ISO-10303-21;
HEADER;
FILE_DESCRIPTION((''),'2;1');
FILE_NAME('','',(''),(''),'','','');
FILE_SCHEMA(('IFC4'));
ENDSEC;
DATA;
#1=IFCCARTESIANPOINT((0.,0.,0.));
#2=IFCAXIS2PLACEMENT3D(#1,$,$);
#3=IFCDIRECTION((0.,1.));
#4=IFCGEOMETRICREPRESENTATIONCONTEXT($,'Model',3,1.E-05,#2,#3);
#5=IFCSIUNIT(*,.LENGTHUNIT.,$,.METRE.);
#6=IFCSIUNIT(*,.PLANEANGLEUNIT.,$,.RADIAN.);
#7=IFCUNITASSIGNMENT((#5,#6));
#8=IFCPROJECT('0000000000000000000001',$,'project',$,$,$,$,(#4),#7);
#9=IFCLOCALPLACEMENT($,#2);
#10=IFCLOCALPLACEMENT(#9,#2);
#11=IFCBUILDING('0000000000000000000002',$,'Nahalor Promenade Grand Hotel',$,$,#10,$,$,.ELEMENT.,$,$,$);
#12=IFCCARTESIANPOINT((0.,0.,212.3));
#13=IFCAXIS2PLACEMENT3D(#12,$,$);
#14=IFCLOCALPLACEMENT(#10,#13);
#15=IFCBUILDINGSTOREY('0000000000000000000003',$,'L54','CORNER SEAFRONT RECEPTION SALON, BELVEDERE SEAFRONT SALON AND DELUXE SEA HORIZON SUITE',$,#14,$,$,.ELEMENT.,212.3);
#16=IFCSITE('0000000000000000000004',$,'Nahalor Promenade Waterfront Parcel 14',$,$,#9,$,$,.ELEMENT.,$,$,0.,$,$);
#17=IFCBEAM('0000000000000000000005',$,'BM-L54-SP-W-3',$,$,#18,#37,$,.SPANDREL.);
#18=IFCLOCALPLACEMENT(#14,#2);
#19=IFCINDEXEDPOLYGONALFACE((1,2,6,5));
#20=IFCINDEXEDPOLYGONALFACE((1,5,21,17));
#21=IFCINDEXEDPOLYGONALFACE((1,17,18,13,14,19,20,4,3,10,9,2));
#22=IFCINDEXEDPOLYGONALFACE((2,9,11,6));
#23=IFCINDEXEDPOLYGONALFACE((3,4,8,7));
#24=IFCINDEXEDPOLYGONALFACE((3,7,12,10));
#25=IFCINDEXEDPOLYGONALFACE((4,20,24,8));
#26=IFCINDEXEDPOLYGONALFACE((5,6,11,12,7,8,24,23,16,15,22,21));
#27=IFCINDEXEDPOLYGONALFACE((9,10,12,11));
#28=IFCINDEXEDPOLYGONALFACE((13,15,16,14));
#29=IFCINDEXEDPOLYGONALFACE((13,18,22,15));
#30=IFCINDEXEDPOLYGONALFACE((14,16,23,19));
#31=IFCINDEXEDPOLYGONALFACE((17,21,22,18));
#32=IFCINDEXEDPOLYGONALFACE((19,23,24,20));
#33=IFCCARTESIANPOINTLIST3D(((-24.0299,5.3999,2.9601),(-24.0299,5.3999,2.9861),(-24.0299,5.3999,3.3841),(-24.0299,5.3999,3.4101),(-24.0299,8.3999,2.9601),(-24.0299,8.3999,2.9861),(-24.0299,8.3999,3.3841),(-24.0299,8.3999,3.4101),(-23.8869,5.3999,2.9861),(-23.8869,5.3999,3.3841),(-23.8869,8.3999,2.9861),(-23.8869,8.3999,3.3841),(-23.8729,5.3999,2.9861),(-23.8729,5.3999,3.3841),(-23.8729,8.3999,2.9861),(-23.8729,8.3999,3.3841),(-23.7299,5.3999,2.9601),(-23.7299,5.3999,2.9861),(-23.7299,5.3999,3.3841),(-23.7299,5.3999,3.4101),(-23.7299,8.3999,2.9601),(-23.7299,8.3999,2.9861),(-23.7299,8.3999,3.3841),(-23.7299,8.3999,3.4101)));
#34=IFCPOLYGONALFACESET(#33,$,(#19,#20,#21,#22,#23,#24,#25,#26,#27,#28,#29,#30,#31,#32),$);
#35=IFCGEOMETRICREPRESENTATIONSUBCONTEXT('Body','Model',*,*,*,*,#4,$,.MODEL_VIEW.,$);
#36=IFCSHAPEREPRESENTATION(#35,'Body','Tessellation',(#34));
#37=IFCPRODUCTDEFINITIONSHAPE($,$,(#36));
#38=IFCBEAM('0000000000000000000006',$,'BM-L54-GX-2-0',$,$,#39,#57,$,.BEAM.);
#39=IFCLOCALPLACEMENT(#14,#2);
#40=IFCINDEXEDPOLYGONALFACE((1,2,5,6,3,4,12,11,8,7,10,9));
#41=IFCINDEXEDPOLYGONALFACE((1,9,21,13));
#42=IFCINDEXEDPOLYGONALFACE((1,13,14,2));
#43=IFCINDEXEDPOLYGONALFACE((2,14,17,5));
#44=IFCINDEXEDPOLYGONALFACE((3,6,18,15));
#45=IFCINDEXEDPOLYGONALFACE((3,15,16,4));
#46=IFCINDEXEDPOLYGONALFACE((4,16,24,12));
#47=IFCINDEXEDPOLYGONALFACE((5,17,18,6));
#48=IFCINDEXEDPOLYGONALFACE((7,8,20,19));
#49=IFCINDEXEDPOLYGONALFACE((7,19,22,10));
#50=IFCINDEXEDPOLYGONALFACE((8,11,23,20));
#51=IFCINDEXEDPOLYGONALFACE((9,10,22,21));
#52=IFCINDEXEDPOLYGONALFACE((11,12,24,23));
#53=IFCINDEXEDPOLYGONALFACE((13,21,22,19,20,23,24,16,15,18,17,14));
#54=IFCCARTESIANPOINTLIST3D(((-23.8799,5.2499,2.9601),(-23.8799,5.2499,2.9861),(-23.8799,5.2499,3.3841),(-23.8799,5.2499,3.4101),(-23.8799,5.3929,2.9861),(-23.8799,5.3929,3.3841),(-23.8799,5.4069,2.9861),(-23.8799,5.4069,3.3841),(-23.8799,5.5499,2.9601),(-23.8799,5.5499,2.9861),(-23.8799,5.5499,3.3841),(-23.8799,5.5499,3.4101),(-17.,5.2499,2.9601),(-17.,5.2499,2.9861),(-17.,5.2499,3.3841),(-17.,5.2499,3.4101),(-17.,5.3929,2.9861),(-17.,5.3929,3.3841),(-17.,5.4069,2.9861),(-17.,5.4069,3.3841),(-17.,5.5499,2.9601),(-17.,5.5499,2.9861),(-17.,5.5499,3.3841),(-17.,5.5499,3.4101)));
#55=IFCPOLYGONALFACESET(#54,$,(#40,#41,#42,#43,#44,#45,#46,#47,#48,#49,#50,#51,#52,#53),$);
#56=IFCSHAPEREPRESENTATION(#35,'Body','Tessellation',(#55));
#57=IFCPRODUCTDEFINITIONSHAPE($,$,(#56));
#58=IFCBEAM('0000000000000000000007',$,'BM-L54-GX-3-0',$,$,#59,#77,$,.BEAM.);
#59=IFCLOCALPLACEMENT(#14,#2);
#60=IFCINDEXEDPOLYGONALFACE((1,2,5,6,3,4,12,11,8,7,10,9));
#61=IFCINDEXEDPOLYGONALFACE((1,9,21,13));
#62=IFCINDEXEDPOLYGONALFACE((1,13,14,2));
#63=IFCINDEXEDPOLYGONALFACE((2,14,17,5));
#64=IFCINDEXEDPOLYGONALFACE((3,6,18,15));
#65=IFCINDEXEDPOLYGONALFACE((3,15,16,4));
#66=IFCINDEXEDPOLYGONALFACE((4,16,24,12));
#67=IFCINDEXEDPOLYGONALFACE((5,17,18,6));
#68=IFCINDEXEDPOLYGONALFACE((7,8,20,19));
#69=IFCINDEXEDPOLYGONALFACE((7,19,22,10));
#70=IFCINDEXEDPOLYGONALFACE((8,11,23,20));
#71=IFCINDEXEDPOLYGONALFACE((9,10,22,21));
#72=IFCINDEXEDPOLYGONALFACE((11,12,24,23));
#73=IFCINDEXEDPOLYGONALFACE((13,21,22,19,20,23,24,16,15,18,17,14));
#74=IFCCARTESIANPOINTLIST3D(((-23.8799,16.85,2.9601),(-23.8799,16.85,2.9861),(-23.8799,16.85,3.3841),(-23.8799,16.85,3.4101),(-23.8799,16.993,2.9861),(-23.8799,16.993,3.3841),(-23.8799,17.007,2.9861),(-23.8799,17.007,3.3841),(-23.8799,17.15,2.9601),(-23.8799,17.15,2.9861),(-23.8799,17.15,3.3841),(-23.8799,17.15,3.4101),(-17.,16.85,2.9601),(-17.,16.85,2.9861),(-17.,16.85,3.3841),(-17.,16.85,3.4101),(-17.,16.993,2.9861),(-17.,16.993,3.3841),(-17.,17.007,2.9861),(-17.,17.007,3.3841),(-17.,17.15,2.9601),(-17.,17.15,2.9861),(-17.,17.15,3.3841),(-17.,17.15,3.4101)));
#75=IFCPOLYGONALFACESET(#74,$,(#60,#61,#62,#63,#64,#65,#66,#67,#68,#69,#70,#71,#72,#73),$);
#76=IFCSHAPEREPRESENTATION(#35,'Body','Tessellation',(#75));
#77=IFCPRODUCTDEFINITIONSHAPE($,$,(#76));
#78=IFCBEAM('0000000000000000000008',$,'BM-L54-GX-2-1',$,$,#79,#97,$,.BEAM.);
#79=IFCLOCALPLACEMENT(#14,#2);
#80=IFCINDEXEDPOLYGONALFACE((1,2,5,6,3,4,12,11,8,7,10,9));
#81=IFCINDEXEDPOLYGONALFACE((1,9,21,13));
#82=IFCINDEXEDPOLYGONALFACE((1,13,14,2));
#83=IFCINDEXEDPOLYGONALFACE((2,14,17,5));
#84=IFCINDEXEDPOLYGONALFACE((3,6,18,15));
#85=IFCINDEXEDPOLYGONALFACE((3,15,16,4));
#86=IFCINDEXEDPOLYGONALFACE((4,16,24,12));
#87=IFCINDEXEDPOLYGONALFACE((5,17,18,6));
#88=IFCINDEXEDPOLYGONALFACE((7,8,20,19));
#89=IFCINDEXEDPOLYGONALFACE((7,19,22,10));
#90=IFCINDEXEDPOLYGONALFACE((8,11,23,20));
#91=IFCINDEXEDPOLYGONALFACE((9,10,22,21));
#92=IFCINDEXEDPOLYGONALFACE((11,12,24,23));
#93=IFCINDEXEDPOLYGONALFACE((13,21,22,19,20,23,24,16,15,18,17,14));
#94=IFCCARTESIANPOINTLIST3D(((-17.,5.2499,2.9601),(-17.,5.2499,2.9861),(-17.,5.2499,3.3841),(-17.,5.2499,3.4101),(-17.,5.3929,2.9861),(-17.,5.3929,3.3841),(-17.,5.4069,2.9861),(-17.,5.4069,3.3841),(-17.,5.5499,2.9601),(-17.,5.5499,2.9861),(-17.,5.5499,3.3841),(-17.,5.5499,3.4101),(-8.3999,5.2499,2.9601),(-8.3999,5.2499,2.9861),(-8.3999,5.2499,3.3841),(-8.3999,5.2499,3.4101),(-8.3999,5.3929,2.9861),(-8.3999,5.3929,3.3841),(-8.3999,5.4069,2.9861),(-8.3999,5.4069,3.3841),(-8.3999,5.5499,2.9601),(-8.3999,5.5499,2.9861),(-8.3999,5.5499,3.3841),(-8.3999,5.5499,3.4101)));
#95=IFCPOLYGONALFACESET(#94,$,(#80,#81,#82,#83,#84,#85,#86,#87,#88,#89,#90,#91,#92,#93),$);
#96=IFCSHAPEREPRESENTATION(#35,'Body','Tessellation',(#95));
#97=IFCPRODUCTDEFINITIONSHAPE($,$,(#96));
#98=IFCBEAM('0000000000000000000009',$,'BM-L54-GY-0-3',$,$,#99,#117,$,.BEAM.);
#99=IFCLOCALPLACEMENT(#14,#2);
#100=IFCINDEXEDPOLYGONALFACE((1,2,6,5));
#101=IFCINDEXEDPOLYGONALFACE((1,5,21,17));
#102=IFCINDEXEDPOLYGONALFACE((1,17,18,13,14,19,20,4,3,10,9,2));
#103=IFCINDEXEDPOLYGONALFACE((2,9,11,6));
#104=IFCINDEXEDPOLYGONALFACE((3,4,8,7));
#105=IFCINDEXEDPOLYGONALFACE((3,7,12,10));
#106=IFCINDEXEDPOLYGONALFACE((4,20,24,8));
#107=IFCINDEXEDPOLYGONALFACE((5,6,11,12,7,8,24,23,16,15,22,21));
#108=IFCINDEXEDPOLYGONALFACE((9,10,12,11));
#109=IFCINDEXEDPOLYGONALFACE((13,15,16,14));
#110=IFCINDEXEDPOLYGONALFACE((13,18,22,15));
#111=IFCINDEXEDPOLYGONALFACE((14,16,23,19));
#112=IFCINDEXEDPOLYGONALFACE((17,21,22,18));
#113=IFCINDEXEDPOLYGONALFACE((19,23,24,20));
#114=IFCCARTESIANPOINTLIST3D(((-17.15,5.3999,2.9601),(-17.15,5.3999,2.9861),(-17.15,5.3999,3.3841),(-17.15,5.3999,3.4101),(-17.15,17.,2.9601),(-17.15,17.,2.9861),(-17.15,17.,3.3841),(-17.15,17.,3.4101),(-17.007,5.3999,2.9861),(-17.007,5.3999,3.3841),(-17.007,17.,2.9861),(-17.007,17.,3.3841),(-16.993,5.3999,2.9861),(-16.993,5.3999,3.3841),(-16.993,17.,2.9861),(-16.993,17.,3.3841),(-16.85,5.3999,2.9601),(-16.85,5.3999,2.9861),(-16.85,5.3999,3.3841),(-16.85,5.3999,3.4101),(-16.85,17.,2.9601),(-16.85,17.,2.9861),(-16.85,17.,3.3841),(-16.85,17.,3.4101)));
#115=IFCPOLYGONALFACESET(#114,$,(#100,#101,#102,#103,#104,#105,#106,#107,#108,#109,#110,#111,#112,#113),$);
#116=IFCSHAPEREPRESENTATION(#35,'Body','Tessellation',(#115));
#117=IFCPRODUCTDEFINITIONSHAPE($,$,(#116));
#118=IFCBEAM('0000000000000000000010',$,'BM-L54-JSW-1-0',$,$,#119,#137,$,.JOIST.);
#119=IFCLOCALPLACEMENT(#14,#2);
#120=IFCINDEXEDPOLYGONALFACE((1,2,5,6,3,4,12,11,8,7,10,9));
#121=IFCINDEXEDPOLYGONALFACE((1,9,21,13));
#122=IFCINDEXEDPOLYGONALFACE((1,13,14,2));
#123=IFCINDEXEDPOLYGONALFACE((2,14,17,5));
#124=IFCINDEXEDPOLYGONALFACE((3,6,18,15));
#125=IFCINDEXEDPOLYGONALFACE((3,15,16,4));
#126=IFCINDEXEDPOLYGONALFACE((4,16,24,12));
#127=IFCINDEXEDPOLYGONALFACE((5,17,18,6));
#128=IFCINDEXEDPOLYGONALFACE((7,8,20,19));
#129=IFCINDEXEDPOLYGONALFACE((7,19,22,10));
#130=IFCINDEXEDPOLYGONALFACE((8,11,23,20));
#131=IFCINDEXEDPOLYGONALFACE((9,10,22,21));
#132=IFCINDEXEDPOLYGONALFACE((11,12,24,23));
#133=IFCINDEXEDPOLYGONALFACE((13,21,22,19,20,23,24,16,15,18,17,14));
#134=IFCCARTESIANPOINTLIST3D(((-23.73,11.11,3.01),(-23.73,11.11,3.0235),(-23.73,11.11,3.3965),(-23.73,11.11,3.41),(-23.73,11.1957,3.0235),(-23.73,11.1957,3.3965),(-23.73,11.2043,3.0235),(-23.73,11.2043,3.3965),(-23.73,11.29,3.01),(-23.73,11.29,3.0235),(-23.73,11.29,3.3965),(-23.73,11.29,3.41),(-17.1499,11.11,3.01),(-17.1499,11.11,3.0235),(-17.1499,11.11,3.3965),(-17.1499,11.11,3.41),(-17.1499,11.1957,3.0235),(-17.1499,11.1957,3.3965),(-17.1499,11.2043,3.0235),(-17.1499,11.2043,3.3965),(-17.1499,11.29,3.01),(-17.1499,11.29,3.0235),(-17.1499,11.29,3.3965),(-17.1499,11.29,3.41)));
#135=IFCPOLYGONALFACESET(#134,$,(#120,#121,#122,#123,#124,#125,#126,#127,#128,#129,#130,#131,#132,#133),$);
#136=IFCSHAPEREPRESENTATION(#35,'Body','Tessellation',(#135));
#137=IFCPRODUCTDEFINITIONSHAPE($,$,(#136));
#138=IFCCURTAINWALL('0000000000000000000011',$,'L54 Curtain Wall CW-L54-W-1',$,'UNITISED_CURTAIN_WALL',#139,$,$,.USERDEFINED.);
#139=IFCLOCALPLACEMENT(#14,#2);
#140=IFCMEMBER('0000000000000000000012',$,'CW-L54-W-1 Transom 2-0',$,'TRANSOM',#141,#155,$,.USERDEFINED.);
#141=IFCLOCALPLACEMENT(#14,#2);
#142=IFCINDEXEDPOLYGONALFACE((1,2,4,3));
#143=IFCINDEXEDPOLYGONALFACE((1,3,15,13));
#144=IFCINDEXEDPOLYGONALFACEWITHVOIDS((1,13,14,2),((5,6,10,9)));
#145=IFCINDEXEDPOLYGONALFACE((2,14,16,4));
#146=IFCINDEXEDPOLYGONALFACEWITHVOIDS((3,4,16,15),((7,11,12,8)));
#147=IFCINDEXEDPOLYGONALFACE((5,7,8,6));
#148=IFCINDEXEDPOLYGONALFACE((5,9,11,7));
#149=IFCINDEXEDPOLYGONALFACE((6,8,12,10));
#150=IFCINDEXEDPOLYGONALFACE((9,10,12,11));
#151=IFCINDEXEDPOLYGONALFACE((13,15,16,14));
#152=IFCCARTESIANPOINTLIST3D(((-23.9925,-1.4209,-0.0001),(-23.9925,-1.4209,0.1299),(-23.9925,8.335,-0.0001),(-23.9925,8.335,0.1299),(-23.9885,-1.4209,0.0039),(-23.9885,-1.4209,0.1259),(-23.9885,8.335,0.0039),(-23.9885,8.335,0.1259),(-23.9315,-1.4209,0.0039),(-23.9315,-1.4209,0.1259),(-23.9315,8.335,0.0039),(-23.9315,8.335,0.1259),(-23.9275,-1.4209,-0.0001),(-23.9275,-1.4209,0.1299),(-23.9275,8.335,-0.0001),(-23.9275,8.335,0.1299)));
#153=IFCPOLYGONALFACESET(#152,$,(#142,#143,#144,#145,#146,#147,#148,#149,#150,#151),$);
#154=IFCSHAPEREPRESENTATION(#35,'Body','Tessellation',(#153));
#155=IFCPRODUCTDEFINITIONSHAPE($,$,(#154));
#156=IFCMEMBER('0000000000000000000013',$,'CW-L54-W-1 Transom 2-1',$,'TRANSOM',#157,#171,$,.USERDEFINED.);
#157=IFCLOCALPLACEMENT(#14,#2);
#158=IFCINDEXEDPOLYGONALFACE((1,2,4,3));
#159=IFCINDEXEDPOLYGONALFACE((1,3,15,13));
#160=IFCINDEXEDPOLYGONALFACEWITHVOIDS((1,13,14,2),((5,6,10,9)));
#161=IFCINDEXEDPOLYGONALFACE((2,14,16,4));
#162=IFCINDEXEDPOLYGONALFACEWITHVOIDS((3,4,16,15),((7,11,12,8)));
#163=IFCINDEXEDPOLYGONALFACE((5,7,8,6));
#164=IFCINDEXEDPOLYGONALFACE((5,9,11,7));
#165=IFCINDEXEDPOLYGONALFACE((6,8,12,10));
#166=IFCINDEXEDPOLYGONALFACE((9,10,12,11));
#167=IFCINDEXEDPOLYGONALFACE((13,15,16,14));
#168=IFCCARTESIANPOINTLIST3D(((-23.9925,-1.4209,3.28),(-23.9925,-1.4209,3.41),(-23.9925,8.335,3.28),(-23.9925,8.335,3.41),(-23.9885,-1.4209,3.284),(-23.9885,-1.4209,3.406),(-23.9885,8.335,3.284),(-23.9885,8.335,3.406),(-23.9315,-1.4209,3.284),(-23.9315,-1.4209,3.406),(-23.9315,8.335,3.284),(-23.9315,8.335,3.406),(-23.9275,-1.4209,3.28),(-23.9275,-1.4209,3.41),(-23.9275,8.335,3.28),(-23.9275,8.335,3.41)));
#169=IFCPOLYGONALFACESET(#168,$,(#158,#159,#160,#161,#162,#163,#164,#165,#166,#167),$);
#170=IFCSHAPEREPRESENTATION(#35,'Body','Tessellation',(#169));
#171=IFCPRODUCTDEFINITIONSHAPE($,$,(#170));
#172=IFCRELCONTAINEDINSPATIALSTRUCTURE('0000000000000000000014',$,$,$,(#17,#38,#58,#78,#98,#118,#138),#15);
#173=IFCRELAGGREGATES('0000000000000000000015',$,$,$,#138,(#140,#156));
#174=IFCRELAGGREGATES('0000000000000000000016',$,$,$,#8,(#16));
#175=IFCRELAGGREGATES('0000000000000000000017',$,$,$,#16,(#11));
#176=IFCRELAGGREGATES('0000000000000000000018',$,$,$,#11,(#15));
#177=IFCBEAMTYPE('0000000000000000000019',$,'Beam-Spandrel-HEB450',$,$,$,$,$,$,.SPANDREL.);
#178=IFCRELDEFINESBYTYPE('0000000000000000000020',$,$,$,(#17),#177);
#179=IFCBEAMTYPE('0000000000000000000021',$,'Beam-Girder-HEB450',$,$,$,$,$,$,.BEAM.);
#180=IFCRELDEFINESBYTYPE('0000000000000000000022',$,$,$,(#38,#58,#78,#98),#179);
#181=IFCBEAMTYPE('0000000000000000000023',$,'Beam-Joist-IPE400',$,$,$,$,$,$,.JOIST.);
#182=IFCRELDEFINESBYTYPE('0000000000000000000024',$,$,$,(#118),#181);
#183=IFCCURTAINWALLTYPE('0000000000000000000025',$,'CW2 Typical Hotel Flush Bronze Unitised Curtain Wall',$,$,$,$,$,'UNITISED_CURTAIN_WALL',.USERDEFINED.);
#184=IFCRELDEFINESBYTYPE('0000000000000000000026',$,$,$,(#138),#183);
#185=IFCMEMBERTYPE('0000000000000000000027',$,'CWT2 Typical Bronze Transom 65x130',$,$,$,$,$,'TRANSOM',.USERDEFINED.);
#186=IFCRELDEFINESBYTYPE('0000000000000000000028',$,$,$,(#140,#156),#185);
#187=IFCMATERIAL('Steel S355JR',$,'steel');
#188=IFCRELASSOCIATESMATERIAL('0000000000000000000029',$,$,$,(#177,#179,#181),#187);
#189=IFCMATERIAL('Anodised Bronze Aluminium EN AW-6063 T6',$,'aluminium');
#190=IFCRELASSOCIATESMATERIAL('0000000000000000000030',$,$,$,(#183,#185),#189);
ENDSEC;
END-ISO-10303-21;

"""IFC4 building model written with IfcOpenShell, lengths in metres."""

from ifc_helpers import new_model, si_unit, direction, frame, origin, origin_2d, place, context, subcontext, project, spatial, hollow_rectangle, i_section, extrude, source, transform, mapped, material, material_profile, profile_set, type_object, element, aggregate, save


model = new_model("IFC4")

# Units and contexts
model_context = context("Model", 3, precision=1e-05, world=origin(), true_north=direction((0.0, 1.0)))
body_context = subcontext(model_context, "Body", "Model", "MODEL_VIEW")
ifc_project = project(units=[si_unit("LENGTHUNIT", "METRE"), si_unit("PLANEANGLEUNIT", "RADIAN")], contexts=[model_context])

# Site, building, storey
site_placement = place(None, origin())
site = spatial("IfcSite", under=ifc_project, at=site_placement, Name="Nahalor Promenade Waterfront Parcel 14", CompositionType="ELEMENT", RefElevation=0.0)
building_placement = place(site_placement, origin())
building = spatial("IfcBuilding", under=site, at=building_placement, Name="Nahalor Promenade Grand Hotel", CompositionType="ELEMENT")
storey_placement = place(building_placement, frame((0.0, 0.0, 212.3)))
storey = spatial("IfcBuildingStorey", under=building, at=storey_placement, Name="L54", Description="CORNER SEAFRONT RECEPTION SALON, BELVEDERE SEAFRONT SALON AND DELUXE SEA HORIZON SUITE", CompositionType="ELEMENT", Elevation=212.3)

# Shared definitions
ifc_material_1 = material(Name="Steel S355JR", Category="steel")

# Beams
ifc_material_profile_1 = material_profile(ifc_material_1, i_section(OverallWidth=0.3, OverallDepth=0.45, WebThickness=0.014, FlangeThickness=0.026, at=origin_2d()), Name="HEB 450")
ifc_profile_set_1 = profile_set([ifc_material_profile_1], Name="Steel S355JR")
beam_type_1 = type_object("IfcBeamType", Name="Beam-Spandrel-HEB450", PredefinedType="SPANDREL", material=ifc_profile_set_1)
shared_shape_1 = source(origin(), body_context, "Body", "SweptSolid", [
    extrude(i_section(OverallWidth=0.3, OverallDepth=0.45, WebThickness=0.014, FlangeThickness=0.026, at=origin_2d()), origin(), (0.0, 0.0, 1.0), 3.0),
])
beam_1_placement = place(storey_placement, frame((-23.8799, 5.3999, 3.1851), z_axis=(0.0, 1.0, 0.0), x_axis=(-1.0, 0.0, 0.0)))
element("IfcBeam", 1, at=beam_1_placement, inside=storey, type_object=beam_type_1, Name="BM-L54-SP-W-3", PredefinedType="SPANDREL", context=body_context, shape_type="MappedRepresentation", body=[
    mapped(shared_shape_1, transform((0.0, 0.0, 0.0), scale=1.0)),
])
ifc_material_profile_2 = material_profile(ifc_material_1, i_section(OverallWidth=0.3, OverallDepth=0.45, WebThickness=0.014, FlangeThickness=0.026, at=origin_2d()), Name="HEB 450")
ifc_profile_set_2 = profile_set([ifc_material_profile_2], Name="Steel S355JR")
beam_type_2 = type_object("IfcBeamType", Name="Beam-Girder-HEB450", PredefinedType="BEAM", material=ifc_profile_set_2)
shared_shape_2 = source(origin(), body_context, "Body", "SweptSolid", [
    extrude(i_section(OverallWidth=0.3, OverallDepth=0.45, WebThickness=0.014, FlangeThickness=0.026, at=origin_2d()), origin(), (0.0, 0.0, 1.0), 6.8799),
])
for number, where, z_axis, x_axis, name in (
    (2, (-23.8799, 5.3999, 3.1851), (1.0, 0.0, 0.0), (0.0, 1.0, 0.0), "BM-L54-GX-2-0"),
    (3, (-23.8799, 17.0, 3.1851), (1.0, 0.0, 0.0), (0.0, 1.0, 0.0), "BM-L54-GX-3-0"),
):
    element("IfcBeam", number, at=place(storey_placement, frame(where, z_axis=z_axis, x_axis=x_axis)), inside=storey, type_object=beam_type_2, Name=name, PredefinedType="BEAM", context=body_context, shape_type="MappedRepresentation", body=[
        mapped(shared_shape_2, transform((0.0, 0.0, 0.0), scale=1.0)),
    ])
shared_shape_3 = source(origin(), body_context, "Body", "SweptSolid", [
    extrude(i_section(OverallWidth=0.3, OverallDepth=0.45, WebThickness=0.014, FlangeThickness=0.026, at=origin_2d()), origin(), (0.0, 0.0, 1.0), 8.6001),
])
beam_2_placement = place(storey_placement, frame((-17.0, 5.3999, 3.1851), z_axis=(1.0, 0.0, 0.0), x_axis=(0.0, 1.0, 0.0)))
element("IfcBeam", 4, at=beam_2_placement, inside=storey, type_object=beam_type_2, Name="BM-L54-GX-2-1", PredefinedType="BEAM", context=body_context, shape_type="MappedRepresentation", body=[
    mapped(shared_shape_3, transform((0.0, 0.0, 0.0), scale=1.0)),
])
shared_shape_4 = source(origin(), body_context, "Body", "SweptSolid", [
    extrude(i_section(OverallWidth=0.3, OverallDepth=0.45, WebThickness=0.014, FlangeThickness=0.026, at=origin_2d()), origin(), (0.0, 0.0, 1.0), 11.6001),
])
beam_3_placement = place(storey_placement, frame((-17.0, 5.3999, 3.1851), z_axis=(0.0, 1.0, 0.0), x_axis=(-1.0, 0.0, 0.0)))
element("IfcBeam", 5, at=beam_3_placement, inside=storey, type_object=beam_type_2, Name="BM-L54-GY-0-3", PredefinedType="BEAM", context=body_context, shape_type="MappedRepresentation", body=[
    mapped(shared_shape_4, transform((0.0, 0.0, 0.0), scale=1.0)),
])
ifc_material_profile_3 = material_profile(ifc_material_1, i_section(OverallWidth=0.18, OverallDepth=0.4, WebThickness=0.0086, FlangeThickness=0.0135, at=origin_2d()), Name="IPE 400")
ifc_profile_set_3 = profile_set([ifc_material_profile_3], Name="Steel S355JR")
beam_type_3 = type_object("IfcBeamType", Name="Beam-Joist-IPE400", PredefinedType="JOIST", material=ifc_profile_set_3)
shared_shape_5 = source(origin(), body_context, "Body", "SweptSolid", [
    extrude(i_section(OverallWidth=0.18, OverallDepth=0.4, WebThickness=0.0086, FlangeThickness=0.0135, at=origin_2d()), origin(), (0.0, 0.0, 1.0), 6.5801),
])
beam_4_placement = place(storey_placement, frame((-23.73, 11.2, 3.21), z_axis=(1.0, 0.0, 0.0), x_axis=(0.0, 1.0, 0.0)))
element("IfcBeam", 6, at=beam_4_placement, inside=storey, type_object=beam_type_3, Name="BM-L54-JSW-1-0", PredefinedType="JOIST", context=body_context, shape_type="MappedRepresentation", body=[
    mapped(shared_shape_5, transform((0.0, 0.0, 0.0), scale=1.0)),
])

# Curtain wall, members
ifc_material_2 = material(Name="Anodised Bronze Aluminium EN AW-6063 T6", Category="aluminium")
curtain_wall_type = type_object("IfcCurtainWallType", Name="CW2 Typical Hotel Flush Bronze Unitised Curtain Wall", ElementType="UNITISED_CURTAIN_WALL", PredefinedType="USERDEFINED", material=ifc_material_2)
curtain_wall_placement = place(storey_placement, origin())
curtain_wall = element("IfcCurtainWall", 7, at=curtain_wall_placement, inside=storey, type_object=curtain_wall_type, Name="L54 Curtain Wall CW-L54-W-1", ObjectType="UNITISED_CURTAIN_WALL", PredefinedType="USERDEFINED")
ifc_material_profile_4 = material_profile(ifc_material_2, hollow_rectangle(XDim=0.065, YDim=0.13, WallThickness=0.004, at=origin_2d()), Name="CWT 65x130x4")
ifc_profile_set_4 = profile_set([ifc_material_profile_4], Name="Anodised Bronze Aluminium EN AW-6063 T6")
member_type_1 = type_object("IfcMemberType", Name="CWT2 Typical Bronze Transom 65x130", ElementType="TRANSOM", PredefinedType="USERDEFINED", material=ifc_profile_set_4)
shared_shape_6 = source(origin(), body_context, "Body", "SweptSolid", [
    extrude(hollow_rectangle(XDim=0.065, YDim=0.13, WallThickness=0.004, at=origin_2d()), origin(), (0.0, 0.0, 1.0), 9.7559),
])
member_1_placement = place(storey_placement, frame((-23.96, -1.4209, 0.0649), z_axis=(0.0, 1.0, 0.0), x_axis=(-1.0, 0.0, 0.0)))
member_1 = element("IfcMember", 8, at=member_1_placement, type_object=member_type_1, Name="CW-L54-W-1 Transom 2-0", ObjectType="TRANSOM", PredefinedType="USERDEFINED", context=body_context, shape_type="MappedRepresentation", body=[
    mapped(shared_shape_6, transform((0.0, 0.0, 0.0), scale=1.0)),
])
member_2_placement = place(storey_placement, frame((-23.96, -1.4209, 3.345), z_axis=(0.0, 1.0, 0.0), x_axis=(-1.0, 0.0, 0.0)))
member_2 = element("IfcMember", 9, at=member_2_placement, type_object=member_type_1, Name="CW-L54-W-1 Transom 2-1", ObjectType="TRANSOM", PredefinedType="USERDEFINED", context=body_context, shape_type="MappedRepresentation", body=[
    mapped(shared_shape_6, transform((0.0, 0.0, 0.0), scale=1.0)),
])
aggregate(curtain_wall, [member_1, member_2])

save(model, "model.ifc")
